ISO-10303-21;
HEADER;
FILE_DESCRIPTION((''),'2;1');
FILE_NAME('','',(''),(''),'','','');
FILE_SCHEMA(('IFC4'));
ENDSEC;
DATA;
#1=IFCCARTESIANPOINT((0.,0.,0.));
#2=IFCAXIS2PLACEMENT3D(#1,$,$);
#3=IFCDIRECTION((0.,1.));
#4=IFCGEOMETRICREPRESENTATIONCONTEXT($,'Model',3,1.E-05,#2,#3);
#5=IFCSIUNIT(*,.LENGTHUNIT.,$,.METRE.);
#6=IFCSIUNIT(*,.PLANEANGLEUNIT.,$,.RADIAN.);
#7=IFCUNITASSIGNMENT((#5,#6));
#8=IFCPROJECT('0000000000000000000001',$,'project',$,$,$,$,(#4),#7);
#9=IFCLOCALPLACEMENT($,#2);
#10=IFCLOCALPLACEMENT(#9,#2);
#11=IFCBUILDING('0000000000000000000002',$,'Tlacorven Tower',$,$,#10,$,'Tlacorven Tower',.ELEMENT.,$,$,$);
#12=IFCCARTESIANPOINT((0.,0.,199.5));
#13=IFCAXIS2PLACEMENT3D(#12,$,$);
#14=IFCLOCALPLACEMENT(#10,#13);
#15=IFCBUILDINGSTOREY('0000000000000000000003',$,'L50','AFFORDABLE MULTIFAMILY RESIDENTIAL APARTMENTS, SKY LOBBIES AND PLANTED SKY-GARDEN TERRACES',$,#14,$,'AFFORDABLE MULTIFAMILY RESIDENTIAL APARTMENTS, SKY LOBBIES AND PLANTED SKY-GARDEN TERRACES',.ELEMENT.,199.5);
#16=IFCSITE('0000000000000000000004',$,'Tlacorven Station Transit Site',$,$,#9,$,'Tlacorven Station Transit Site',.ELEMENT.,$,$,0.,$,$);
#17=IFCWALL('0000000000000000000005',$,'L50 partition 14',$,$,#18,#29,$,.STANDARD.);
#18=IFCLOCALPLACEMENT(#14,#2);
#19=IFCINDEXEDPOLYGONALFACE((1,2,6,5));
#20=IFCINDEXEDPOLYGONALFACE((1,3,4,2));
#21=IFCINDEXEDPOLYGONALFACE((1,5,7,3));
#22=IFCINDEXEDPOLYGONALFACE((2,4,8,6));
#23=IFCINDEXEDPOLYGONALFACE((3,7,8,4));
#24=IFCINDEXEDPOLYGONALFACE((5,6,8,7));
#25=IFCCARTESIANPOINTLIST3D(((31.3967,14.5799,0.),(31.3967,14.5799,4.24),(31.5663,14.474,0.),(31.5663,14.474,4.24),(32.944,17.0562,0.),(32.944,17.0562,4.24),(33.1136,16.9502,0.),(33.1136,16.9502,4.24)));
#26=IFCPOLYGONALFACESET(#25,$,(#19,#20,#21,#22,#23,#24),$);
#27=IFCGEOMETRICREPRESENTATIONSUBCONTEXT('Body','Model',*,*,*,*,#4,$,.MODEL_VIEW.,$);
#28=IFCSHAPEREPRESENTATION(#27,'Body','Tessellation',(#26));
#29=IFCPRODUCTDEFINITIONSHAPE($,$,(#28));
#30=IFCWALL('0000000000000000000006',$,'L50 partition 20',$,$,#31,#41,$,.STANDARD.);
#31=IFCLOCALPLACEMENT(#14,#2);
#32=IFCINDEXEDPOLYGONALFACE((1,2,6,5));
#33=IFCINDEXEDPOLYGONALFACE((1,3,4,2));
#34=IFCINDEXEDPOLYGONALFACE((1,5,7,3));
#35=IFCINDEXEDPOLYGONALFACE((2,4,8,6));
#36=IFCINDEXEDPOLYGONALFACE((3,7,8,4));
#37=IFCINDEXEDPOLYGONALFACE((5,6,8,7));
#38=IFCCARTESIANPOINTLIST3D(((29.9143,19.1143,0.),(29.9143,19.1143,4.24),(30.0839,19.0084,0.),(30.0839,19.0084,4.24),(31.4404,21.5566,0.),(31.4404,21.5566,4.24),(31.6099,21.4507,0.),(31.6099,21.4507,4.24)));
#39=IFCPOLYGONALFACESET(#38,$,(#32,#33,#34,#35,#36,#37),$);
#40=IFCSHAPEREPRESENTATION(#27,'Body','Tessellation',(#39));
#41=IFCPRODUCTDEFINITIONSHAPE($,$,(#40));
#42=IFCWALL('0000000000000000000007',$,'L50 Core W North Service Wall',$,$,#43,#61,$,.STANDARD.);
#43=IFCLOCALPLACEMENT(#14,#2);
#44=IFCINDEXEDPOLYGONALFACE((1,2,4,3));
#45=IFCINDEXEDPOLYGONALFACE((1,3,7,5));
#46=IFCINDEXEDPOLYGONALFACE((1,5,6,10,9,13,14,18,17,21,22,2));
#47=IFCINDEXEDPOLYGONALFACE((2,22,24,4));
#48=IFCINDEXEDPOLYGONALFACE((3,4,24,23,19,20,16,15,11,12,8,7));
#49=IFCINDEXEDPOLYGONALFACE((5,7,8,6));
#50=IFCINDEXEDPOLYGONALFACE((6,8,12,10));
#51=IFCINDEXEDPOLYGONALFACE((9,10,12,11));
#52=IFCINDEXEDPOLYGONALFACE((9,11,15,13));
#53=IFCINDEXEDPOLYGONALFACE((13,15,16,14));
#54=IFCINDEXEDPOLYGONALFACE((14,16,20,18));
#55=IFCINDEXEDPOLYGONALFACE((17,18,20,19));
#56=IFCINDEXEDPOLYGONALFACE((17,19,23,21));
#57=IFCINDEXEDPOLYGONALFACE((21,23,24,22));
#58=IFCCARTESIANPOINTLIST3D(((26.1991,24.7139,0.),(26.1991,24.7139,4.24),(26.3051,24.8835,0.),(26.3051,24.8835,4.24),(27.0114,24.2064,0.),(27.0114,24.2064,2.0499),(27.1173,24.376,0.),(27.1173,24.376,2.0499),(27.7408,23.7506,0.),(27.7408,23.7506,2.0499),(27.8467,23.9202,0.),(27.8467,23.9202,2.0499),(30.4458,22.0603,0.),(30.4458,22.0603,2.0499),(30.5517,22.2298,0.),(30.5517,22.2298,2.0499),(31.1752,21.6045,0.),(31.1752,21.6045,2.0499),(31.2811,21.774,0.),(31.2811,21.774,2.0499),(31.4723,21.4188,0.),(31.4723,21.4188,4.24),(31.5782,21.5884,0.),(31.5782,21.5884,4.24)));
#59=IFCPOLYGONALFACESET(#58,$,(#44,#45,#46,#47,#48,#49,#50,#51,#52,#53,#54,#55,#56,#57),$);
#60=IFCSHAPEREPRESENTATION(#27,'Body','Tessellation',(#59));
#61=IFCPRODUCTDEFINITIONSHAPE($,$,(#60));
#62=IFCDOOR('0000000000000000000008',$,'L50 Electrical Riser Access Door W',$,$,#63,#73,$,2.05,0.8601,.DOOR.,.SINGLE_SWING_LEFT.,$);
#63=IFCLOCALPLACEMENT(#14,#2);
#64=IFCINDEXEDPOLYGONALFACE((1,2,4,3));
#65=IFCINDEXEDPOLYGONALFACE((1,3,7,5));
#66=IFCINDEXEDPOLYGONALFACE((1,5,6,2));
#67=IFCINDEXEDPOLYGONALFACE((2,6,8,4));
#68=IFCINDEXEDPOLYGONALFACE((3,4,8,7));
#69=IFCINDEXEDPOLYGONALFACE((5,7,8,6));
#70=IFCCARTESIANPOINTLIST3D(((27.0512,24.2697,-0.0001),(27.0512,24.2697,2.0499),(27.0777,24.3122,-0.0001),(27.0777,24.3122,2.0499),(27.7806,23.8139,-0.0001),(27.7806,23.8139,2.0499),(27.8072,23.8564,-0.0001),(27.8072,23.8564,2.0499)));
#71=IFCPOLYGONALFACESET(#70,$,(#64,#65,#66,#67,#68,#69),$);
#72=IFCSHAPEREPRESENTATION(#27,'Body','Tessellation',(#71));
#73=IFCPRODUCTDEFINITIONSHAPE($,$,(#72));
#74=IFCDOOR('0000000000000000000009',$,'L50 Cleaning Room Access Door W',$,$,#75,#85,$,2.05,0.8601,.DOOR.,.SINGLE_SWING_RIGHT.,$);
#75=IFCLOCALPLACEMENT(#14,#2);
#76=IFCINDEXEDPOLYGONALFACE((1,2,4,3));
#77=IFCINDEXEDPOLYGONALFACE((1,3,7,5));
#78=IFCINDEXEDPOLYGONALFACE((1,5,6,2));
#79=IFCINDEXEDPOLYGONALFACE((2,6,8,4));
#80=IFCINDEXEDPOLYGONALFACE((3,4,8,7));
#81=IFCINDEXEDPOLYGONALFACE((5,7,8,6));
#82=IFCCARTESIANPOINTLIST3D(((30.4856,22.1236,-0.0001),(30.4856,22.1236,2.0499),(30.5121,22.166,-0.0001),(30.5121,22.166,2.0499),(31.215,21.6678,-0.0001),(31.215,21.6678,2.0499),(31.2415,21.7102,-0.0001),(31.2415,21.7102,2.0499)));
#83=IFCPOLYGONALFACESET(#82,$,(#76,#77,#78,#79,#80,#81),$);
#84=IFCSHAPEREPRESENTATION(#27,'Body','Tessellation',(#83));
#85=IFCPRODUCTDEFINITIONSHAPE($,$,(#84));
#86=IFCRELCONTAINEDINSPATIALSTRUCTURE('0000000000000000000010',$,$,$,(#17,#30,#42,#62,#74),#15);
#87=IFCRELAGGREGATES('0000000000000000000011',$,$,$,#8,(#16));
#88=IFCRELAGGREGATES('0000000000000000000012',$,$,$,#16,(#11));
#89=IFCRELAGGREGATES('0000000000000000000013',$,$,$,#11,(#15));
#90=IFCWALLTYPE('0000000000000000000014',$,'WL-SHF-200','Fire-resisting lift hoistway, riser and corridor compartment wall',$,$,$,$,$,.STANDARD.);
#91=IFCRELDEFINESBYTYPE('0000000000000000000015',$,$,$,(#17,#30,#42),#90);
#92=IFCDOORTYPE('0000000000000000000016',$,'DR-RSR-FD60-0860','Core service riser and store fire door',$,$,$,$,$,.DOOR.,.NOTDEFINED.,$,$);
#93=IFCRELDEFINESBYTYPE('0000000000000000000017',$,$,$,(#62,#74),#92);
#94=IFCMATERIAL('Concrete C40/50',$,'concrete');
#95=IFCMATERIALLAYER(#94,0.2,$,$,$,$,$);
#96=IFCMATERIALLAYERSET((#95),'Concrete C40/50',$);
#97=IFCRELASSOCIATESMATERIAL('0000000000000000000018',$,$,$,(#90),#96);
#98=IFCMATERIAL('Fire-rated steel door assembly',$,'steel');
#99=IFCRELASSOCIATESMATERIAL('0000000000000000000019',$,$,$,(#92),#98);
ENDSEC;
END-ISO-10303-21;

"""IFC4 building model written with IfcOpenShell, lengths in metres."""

from ifc_helpers import new_model, si_unit, direction, frame, frame_2d, origin, place, context, subcontext, project, spatial, rectangle, extrude, source, transform, mapped, material, layer, layer_set, type_object, element, fill, save


model = new_model("IFC4")

# Units and contexts
model_context = context("Model", 3, precision=1e-05, world=origin(), true_north=direction((0.0, 1.0)))
body_context = subcontext(model_context, "Body", "Model", "MODEL_VIEW")
ifc_project = project(units=[si_unit("LENGTHUNIT", "METRE"), si_unit("PLANEANGLEUNIT", "RADIAN")], contexts=[model_context])

# Site, building, storey
site_placement = place(None, origin())
site = spatial("IfcSite", under=ifc_project, at=site_placement, Name="Tlacorven Station Transit Site", LongName="Tlacorven Station Transit Site", CompositionType="ELEMENT", RefElevation=0.0)
building_placement = place(site_placement, origin())
building = spatial("IfcBuilding", under=site, at=building_placement, Name="Tlacorven Tower", LongName="Tlacorven Tower", CompositionType="ELEMENT")
storey_placement = place(building_placement, frame((0.0, 0.0, 199.5)))
storey = spatial("IfcBuildingStorey", under=building, at=storey_placement, Name="L50", Description="AFFORDABLE MULTIFAMILY RESIDENTIAL APARTMENTS, SKY LOBBIES AND PLANTED SKY-GARDEN TERRACES", LongName="AFFORDABLE MULTIFAMILY RESIDENTIAL APARTMENTS, SKY LOBBIES AND PLANTED SKY-GARDEN TERRACES", CompositionType="ELEMENT", Elevation=199.5)

# Shared definitions
ifc_material_1 = material(Name="Concrete C40/50", Category="concrete")
ifc_layer_1 = layer(ifc_material_1, 0.2)
ifc_layer_set_1 = layer_set([ifc_layer_1], Name="Concrete C40/50")
wall_type_1 = type_object("IfcWallType", Name="WL-SHF-200", Description="Fire-resisting lift hoistway, riser and corridor compartment wall", PredefinedType="STANDARD", material=ifc_layer_set_1)
ifc_material_2 = material(Name="Fire-rated steel door assembly", Category="steel")

# Walls
wall_1_placement = place(storey_placement, frame((33.0288, 17.0032, 0.0), z_axis=(0.0, 0.0, 1.0), x_axis=(-0.529916, -0.84805, 0.0)))
element("IfcWall", 1, at=wall_1_placement, inside=storey, type_object=wall_type_1, Name="L50 partition 14", PredefinedType="STANDARD", context=body_context, shape_type="SweptSolid", body=[
    extrude(rectangle(XDim=2.9199, YDim=0.2, at=frame_2d((1.46, 0.0))), origin(), (0.0, 0.0, 1.0), 4.24),
])
wall_2_placement = place(storey_placement, frame((31.5251, 21.5037, 0.0), z_axis=(0.0, 0.0, 1.0), x_axis=(-0.529907, -0.848055, 0.0)))
element("IfcWall", 2, at=wall_2_placement, inside=storey, type_object=wall_type_1, Name="L50 partition 20", PredefinedType="STANDARD", context=body_context, shape_type="SweptSolid", body=[
    extrude(rectangle(XDim=2.8799, YDim=0.2, at=frame_2d((1.4399, 0.0))), origin(), (0.0, 0.0, 1.0), 4.24),
])

# Wall, openings, doors
wall_3_placement = place(storey_placement, frame((31.5251, 21.5037, 0.0), z_axis=(0.0, 0.0, 1.0), x_axis=(-0.84804, 0.529932, 0.0)))
wall_3 = element("IfcWall", 3, at=wall_3_placement, inside=storey, type_object=wall_type_1, Name="L50 Core W North Service Wall", PredefinedType="STANDARD", context=body_context, shape_type="SweptSolid", body=[
    extrude(rectangle(XDim=6.218, YDim=0.2, at=frame_2d((3.1089, 0.0))), origin(), (0.0, 0.0, 1.0), 4.24),
])
opening_1_placement = place(wall_3_placement, frame((4.3999, 0.0, 0.0)))
opening_1 = element("IfcOpeningElement", 4, at=opening_1_placement, cuts=wall_3, PredefinedType="OPENING", context=body_context, shape_type="SweptSolid", body=[
    extrude(rectangle(XDim=0.8601, YDim=2.05, at=frame_2d((0.4302, 1.0249))), frame((0.0, 0.1099, 0.0), z_axis=(0.0, -1.0, 0.0), x_axis=(1.0, 0.0, 0.0)), (0.0, 0.0, 1.0), 0.22),
])
opening_2_placement = place(wall_3_placement, frame((0.3501, 0.0, 0.0)))
opening_2 = element("IfcOpeningElement", 5, at=opening_2_placement, cuts=wall_3, PredefinedType="OPENING", context=body_context, shape_type="SweptSolid", body=[
    extrude(rectangle(XDim=0.8601, YDim=2.05, at=frame_2d((0.4302, 1.0249))), frame((0.0, 0.1099, 0.0), z_axis=(0.0, -1.0, 0.0), x_axis=(1.0, 0.0, 0.0)), (0.0, 0.0, 1.0), 0.22),
])
door_type_1 = type_object("IfcDoorType", Name="DR-RSR-FD60-0860", Description="Core service riser and store fire door", OperationType="NOTDEFINED", PredefinedType="DOOR", material=ifc_material_2)
shared_shape_1 = source(origin(), body_context, "Body", "SweptSolid", [
    extrude(rectangle(XDim=0.8601, YDim=2.05, at=frame_2d((0.4302, 1.0249))), frame((0.0, 0.0249, 0.0), z_axis=(0.0, -1.0, 0.0), x_axis=(1.0, 0.0, 0.0)), (0.0, 0.0, 1.0), 0.05),
])
door_1_placement = place(opening_1_placement, frame((0.8601, 0.0, 0.0), z_axis=(0.0, 0.0, 1.0), x_axis=(-1.0, 0.0, 0.0)))
door_1 = element("IfcDoor", 6, at=door_1_placement, inside=storey, type_object=door_type_1, Name="L50 Electrical Riser Access Door W", OperationType="SINGLE_SWING_LEFT", OverallHeight=2.05, OverallWidth=0.8601, PredefinedType="DOOR", context=body_context, shape_type="MappedRepresentation", body=[
    mapped(shared_shape_1, transform((0.0, 0.0, 0.0), scale=1.0)),
])
fill(opening_1, door_1)
door_2_placement = place(opening_2_placement, frame((0.8601, 0.0, 0.0), z_axis=(0.0, 0.0, 1.0), x_axis=(-1.0, 0.0, 0.0)))
door_2 = element("IfcDoor", 7, at=door_2_placement, inside=storey, type_object=door_type_1, Name="L50 Cleaning Room Access Door W", OperationType="SINGLE_SWING_RIGHT", OverallHeight=2.05, OverallWidth=0.8601, PredefinedType="DOOR", context=body_context, shape_type="MappedRepresentation", body=[
    mapped(shared_shape_1, transform((0.0, 0.0, 0.0), scale=1.0)),
])
fill(opening_2, door_2)

save(model, "model.ifc")
